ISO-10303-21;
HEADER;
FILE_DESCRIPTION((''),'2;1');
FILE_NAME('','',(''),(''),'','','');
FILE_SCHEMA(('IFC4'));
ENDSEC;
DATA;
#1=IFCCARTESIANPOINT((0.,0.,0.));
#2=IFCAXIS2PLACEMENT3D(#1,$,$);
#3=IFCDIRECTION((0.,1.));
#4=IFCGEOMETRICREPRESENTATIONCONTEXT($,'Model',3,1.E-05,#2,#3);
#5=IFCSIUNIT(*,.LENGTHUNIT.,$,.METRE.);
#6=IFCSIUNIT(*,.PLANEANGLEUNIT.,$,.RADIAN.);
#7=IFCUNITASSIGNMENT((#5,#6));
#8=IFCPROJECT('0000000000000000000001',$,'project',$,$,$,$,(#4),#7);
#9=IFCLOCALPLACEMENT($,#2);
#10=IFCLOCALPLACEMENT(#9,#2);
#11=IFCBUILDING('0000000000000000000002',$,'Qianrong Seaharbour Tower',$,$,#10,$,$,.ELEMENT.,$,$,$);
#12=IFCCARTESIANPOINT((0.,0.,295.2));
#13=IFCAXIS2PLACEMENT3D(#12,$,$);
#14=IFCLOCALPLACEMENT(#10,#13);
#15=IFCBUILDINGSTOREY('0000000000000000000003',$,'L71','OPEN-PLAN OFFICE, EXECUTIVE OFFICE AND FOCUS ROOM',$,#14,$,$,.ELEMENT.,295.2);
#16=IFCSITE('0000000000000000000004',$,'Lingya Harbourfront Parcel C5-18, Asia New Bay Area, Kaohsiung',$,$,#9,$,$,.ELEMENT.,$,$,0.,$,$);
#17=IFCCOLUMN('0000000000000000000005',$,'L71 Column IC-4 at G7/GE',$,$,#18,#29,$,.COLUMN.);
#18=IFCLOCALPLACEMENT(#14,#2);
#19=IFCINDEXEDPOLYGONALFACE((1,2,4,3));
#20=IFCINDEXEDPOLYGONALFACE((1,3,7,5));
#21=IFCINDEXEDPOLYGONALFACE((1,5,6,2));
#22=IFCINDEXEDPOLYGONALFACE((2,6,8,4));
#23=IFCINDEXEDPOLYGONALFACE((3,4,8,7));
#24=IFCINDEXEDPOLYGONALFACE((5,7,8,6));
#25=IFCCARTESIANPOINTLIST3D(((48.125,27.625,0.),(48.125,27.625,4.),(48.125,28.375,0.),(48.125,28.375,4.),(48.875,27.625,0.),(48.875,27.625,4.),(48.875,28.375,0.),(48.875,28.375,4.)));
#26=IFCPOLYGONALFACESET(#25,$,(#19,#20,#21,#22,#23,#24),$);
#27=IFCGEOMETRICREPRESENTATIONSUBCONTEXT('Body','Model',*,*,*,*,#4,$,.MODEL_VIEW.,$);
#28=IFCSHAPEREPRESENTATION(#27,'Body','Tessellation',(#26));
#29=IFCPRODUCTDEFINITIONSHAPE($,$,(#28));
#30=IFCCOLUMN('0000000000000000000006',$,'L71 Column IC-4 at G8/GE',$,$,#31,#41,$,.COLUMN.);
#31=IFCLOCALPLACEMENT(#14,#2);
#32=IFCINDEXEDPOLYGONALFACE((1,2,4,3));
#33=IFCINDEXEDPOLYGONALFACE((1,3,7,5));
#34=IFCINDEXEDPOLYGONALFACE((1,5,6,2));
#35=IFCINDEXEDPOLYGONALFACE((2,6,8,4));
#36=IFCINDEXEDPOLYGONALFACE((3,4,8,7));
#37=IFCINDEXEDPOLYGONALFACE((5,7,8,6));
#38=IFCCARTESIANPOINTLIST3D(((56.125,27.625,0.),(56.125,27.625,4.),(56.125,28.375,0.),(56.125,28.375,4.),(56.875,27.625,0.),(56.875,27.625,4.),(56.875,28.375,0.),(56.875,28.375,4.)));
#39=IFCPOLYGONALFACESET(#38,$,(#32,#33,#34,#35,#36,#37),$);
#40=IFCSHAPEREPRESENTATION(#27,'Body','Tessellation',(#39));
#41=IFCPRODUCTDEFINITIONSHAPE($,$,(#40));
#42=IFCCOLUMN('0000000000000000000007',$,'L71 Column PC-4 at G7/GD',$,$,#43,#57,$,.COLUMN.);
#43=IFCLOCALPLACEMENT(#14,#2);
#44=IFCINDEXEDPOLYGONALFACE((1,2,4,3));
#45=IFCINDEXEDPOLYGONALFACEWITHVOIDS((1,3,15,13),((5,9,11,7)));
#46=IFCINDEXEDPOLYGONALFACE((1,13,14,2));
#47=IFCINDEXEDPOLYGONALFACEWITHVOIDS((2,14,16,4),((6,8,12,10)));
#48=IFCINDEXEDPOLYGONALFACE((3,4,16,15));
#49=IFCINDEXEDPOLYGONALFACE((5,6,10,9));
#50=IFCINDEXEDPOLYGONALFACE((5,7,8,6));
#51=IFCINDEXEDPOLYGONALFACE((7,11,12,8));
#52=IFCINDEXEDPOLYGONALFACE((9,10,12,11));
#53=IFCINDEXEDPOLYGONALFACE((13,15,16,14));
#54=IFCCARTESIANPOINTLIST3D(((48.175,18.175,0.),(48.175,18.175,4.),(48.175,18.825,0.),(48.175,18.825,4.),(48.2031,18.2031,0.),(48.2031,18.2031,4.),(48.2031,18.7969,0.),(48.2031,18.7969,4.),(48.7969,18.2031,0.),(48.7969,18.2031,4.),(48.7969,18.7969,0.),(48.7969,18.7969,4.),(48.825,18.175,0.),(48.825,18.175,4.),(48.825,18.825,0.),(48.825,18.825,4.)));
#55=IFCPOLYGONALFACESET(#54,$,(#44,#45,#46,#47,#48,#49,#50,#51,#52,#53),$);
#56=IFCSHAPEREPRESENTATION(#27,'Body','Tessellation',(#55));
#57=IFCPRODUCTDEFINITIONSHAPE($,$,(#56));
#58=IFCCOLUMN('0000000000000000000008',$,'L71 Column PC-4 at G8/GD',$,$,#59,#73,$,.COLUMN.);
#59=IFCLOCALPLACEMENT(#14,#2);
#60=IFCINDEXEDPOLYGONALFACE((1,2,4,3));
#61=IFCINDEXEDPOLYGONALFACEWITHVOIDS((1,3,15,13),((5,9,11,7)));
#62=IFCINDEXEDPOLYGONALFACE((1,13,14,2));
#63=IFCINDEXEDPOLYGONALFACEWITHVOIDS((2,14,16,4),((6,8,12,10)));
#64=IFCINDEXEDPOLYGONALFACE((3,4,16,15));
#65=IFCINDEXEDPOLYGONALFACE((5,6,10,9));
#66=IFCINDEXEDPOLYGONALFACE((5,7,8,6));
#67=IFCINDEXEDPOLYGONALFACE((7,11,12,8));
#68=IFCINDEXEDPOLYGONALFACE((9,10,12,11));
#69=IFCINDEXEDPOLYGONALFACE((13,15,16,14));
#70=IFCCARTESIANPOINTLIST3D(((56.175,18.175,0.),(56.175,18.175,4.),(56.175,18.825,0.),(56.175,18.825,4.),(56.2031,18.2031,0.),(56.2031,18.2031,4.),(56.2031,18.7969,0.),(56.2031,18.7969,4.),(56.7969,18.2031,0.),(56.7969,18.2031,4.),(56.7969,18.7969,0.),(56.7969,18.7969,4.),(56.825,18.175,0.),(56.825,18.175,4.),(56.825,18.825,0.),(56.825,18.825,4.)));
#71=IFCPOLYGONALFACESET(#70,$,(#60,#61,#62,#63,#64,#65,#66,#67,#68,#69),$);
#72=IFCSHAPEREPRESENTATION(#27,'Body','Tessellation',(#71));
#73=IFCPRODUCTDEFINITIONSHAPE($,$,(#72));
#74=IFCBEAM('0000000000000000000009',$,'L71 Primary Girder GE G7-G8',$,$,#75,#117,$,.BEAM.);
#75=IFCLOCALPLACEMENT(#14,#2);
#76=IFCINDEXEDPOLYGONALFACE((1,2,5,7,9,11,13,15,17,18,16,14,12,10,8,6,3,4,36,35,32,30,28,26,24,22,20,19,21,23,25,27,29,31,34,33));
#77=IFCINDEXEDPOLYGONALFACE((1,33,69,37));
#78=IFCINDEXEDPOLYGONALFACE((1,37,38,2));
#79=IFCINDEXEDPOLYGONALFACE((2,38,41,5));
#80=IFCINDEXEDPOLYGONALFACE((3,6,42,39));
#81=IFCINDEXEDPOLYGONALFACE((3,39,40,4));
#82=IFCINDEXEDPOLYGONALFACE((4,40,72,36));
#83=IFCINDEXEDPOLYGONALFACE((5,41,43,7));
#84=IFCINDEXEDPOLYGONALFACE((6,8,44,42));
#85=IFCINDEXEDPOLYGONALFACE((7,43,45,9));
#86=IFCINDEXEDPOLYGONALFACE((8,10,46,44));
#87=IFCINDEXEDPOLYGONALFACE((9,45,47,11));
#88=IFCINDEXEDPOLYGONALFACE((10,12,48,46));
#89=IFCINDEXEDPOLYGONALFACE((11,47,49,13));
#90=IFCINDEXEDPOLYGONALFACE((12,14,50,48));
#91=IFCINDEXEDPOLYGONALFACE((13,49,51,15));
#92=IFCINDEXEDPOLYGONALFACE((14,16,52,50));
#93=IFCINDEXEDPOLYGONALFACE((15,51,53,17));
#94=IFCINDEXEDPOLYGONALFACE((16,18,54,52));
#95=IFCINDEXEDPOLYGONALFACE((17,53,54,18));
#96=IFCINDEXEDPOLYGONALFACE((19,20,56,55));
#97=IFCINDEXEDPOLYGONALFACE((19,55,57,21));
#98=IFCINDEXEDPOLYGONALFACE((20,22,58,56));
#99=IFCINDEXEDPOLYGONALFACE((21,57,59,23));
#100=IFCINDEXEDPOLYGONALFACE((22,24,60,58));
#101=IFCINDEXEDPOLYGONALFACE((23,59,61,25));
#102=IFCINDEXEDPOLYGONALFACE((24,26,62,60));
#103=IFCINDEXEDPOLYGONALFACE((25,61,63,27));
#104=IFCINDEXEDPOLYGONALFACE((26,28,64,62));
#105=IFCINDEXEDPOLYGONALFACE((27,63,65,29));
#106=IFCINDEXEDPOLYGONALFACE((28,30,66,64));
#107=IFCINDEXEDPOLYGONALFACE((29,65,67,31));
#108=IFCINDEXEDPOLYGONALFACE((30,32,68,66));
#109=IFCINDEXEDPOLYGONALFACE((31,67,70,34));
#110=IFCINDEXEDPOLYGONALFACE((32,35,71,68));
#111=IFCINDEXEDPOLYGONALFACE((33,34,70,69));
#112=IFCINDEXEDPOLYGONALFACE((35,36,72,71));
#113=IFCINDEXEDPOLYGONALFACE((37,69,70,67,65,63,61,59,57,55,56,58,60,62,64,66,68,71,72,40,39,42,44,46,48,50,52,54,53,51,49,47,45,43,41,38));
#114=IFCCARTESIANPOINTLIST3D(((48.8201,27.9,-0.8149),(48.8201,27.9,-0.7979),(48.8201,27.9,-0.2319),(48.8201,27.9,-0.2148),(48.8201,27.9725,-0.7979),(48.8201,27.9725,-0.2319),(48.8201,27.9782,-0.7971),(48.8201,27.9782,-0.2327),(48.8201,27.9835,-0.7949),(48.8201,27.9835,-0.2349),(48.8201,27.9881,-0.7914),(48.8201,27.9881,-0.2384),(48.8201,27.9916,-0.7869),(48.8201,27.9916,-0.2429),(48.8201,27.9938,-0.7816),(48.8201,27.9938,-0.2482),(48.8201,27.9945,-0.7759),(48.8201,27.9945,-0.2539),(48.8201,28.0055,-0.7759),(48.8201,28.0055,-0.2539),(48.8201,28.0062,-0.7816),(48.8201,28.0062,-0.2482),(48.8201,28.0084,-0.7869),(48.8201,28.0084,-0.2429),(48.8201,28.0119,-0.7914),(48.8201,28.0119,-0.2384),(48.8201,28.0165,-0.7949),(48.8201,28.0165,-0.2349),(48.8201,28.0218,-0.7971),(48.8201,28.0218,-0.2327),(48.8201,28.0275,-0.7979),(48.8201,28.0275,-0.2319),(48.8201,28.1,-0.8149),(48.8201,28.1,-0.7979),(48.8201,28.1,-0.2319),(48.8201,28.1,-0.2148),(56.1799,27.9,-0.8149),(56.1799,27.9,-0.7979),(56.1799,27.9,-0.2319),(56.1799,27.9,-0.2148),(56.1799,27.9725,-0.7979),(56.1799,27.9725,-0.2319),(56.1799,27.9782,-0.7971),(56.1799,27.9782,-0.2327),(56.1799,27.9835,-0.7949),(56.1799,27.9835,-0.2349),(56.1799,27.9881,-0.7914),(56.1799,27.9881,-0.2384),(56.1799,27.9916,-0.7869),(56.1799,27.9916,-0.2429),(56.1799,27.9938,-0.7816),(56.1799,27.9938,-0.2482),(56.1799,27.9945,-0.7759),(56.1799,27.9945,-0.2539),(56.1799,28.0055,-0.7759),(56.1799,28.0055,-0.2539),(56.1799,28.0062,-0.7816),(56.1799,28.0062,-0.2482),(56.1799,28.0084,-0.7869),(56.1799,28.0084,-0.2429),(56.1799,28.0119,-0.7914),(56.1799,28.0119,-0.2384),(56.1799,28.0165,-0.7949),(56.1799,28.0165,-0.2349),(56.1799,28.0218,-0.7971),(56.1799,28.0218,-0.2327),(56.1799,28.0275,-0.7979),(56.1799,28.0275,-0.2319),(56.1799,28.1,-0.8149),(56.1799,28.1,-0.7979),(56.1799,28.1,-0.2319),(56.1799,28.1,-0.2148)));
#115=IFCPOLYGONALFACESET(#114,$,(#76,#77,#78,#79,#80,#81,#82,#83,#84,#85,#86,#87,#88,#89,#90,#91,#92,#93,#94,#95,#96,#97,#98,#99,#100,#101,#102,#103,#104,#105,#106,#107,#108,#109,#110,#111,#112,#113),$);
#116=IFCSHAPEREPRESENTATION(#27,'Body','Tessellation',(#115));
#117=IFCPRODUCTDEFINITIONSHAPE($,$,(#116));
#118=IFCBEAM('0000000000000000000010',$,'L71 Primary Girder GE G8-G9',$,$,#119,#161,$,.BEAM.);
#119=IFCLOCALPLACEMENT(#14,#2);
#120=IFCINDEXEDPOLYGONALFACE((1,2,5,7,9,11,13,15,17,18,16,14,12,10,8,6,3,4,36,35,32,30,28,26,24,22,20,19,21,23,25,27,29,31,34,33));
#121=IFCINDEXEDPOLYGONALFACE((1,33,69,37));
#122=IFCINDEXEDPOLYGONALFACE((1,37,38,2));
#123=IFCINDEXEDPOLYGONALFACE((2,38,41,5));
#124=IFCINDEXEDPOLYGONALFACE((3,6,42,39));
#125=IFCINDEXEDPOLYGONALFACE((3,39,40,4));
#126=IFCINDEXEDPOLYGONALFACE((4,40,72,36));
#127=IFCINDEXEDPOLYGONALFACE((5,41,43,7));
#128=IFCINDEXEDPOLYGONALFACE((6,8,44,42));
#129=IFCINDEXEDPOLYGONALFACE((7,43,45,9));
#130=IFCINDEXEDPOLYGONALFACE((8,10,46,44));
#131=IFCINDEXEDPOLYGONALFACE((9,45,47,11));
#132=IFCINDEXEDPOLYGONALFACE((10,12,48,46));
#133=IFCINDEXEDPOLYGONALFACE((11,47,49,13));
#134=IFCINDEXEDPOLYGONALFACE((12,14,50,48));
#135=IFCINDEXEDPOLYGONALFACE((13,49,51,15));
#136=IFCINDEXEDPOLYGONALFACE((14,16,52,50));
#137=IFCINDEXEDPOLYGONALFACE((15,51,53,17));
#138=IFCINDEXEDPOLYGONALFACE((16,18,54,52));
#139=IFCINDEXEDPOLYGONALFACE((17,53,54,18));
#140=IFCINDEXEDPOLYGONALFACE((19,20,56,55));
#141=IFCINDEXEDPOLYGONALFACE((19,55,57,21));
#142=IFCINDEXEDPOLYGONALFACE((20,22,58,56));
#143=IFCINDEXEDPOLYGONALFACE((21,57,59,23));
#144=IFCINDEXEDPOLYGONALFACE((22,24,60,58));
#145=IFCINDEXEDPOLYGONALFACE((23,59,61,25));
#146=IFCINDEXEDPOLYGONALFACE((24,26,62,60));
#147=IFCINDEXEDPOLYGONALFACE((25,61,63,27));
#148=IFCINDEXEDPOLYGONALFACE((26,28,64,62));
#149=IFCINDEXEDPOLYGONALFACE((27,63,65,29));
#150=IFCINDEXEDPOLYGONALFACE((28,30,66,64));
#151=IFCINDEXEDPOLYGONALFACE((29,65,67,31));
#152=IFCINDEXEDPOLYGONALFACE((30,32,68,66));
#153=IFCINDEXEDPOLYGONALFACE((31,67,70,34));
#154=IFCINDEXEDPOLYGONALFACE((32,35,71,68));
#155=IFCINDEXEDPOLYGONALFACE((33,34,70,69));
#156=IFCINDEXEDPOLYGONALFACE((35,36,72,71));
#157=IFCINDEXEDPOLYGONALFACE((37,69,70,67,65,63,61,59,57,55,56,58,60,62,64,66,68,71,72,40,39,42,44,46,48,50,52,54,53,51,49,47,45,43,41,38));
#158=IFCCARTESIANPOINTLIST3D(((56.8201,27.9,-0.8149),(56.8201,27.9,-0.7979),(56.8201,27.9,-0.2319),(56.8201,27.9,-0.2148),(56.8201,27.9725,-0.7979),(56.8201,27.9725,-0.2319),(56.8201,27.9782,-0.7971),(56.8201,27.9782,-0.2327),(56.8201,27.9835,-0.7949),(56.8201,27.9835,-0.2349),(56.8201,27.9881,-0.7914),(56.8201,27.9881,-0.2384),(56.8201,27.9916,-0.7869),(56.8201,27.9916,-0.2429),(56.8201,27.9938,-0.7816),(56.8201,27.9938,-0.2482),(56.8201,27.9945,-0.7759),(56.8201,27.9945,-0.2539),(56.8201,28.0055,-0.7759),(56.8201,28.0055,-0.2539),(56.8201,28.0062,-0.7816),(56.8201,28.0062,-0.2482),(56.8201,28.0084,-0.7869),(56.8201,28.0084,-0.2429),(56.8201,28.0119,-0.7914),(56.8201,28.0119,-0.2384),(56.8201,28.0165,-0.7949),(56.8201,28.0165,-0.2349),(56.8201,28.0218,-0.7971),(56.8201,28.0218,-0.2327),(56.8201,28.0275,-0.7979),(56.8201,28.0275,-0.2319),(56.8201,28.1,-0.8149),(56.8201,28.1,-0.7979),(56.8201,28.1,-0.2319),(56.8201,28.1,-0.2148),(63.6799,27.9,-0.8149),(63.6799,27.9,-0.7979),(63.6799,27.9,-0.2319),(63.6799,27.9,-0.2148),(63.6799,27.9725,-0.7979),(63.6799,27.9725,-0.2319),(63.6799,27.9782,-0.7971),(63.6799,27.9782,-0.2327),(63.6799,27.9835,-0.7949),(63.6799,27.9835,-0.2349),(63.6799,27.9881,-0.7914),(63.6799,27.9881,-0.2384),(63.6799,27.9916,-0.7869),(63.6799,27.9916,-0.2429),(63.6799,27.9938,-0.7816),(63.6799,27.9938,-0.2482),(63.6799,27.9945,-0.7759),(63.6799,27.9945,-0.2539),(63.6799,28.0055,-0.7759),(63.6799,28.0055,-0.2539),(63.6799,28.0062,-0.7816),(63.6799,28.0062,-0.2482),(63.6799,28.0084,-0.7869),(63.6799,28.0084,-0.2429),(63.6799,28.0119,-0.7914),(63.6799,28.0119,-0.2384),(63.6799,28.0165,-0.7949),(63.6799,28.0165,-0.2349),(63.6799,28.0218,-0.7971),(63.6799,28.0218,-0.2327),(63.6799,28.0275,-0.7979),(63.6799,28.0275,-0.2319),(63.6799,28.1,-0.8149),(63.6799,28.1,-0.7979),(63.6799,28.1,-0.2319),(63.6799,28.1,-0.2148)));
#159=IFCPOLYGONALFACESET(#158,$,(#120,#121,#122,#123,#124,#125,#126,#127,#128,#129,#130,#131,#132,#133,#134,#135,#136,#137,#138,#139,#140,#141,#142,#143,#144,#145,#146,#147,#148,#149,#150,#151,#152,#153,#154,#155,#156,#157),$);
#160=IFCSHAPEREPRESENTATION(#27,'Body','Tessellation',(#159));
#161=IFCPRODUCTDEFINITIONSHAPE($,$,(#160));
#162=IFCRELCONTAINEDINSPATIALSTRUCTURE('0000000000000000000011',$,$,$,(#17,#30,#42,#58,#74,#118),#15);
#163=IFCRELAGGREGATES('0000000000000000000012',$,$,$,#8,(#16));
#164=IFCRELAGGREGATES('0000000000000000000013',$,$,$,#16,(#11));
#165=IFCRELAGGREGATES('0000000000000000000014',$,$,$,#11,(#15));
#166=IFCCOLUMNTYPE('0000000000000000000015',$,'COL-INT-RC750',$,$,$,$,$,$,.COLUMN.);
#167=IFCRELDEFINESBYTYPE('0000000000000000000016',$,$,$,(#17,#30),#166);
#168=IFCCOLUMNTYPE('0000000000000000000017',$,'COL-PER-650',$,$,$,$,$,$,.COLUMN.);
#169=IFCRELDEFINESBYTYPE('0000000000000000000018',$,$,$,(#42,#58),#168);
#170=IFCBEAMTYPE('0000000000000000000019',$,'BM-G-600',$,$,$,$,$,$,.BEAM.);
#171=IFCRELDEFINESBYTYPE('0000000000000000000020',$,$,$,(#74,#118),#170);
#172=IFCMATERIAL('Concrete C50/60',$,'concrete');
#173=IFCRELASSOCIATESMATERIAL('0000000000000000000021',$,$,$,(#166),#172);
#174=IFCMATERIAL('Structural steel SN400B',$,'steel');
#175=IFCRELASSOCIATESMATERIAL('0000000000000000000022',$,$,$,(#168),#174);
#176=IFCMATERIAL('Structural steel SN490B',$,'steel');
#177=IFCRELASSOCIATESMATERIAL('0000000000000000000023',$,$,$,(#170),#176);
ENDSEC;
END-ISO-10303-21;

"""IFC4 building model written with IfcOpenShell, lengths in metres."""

from ifc_helpers import new_model, si_unit, direction, frame, origin, origin_2d, place, context, subcontext, project, spatial, rectangle, hollow_rectangle, i_section, extrude, material, material_profile, profile_set, type_object, element, save


model = new_model("IFC4")

# Units and contexts
model_context = context("Model", 3, precision=1e-05, world=origin(), true_north=direction((0.0, 1.0)))
body_context = subcontext(model_context, "Body", "Model", "MODEL_VIEW")
ifc_project = project(units=[si_unit("LENGTHUNIT", "METRE"), si_unit("PLANEANGLEUNIT", "RADIAN")], contexts=[model_context])

# Site, building, storey
site_placement = place(None, origin())
site = spatial("IfcSite", under=ifc_project, at=site_placement, Name="Lingya Harbourfront Parcel C5-18, Asia New Bay Area, Kaohsiung", CompositionType="ELEMENT", RefElevation=0.0)
building_placement = place(site_placement, origin())
building = spatial("IfcBuilding", under=site, at=building_placement, Name="Qianrong Seaharbour Tower", CompositionType="ELEMENT")
storey_placement = place(building_placement, frame((0.0, 0.0, 295.2)))
storey = spatial("IfcBuildingStorey", under=building, at=storey_placement, Name="L71", Description="OPEN-PLAN OFFICE, EXECUTIVE OFFICE AND FOCUS ROOM", CompositionType="ELEMENT", Elevation=295.2)

# Columns
ifc_material_1 = material(Name="Concrete C50/60", Category="concrete")
ifc_material_profile_1 = material_profile(ifc_material_1, rectangle(XDim=0.75, YDim=0.75, at=origin_2d()), Name="RC750x750")
ifc_profile_set_1 = profile_set([ifc_material_profile_1], Name="Concrete C50/60")
column_type_1 = type_object("IfcColumnType", Name="COL-INT-RC750", PredefinedType="COLUMN", material=ifc_profile_set_1)
for number, where, z_axis, x_axis, name in (
    (1, (48.5, 28.0, 0.0), (0.0, 0.0, 1.0), (1.0, 0.0, 0.0), "L71 Column IC-4 at G7/GE"),
    (2, (56.5, 28.0, 0.0), (0.0, 0.0, 1.0), (1.0, 0.0, 0.0), "L71 Column IC-4 at G8/GE"),
):
    element("IfcColumn", number, at=place(storey_placement, frame(where, z_axis=z_axis, x_axis=x_axis)), inside=storey, type_object=column_type_1, Name=name, PredefinedType="COLUMN", context=body_context, shape_type="SweptSolid", body=[
        extrude(rectangle(XDim=0.75, YDim=0.75, at=origin_2d()), origin(), (0.0, 0.0, 1.0), 4.0),
    ])
ifc_material_2 = material(Name="Structural steel SN400B", Category="steel")
ifc_material_profile_2 = material_profile(ifc_material_2, hollow_rectangle(XDim=0.6499, YDim=0.6499, WallThickness=0.0281, at=origin_2d()), Name="BOX650x650x28")
ifc_profile_set_2 = profile_set([ifc_material_profile_2], Name="Structural steel SN400B")
column_type_2 = type_object("IfcColumnType", Name="COL-PER-650", PredefinedType="COLUMN", material=ifc_profile_set_2)
for number, where, z_axis, x_axis, name in (
    (3, (48.5, 18.5, 0.0), (0.0, 0.0, 1.0), (1.0, 0.0, 0.0), "L71 Column PC-4 at G7/GD"),
    (4, (56.5, 18.5, 0.0), (0.0, 0.0, 1.0), (1.0, 0.0, 0.0), "L71 Column PC-4 at G8/GD"),
):
    element("IfcColumn", number, at=place(storey_placement, frame(where, z_axis=z_axis, x_axis=x_axis)), inside=storey, type_object=column_type_2, Name=name, PredefinedType="COLUMN", context=body_context, shape_type="SweptSolid", body=[
        extrude(hollow_rectangle(XDim=0.6499, YDim=0.6499, WallThickness=0.0281, at=origin_2d()), origin(), (0.0, 0.0, 1.0), 4.0),
    ])

# Beams
ifc_material_3 = material(Name="Structural steel SN490B", Category="steel")
ifc_material_profile_3 = material_profile(ifc_material_3, i_section(OverallWidth=0.2, OverallDepth=0.6001, WebThickness=0.011, FlangeThickness=0.0171, FilletRadius=0.022, at=origin_2d()), Name="H600x200x11x17")
ifc_profile_set_3 = profile_set([ifc_material_profile_3], Name="Structural steel SN490B")
beam_type_1 = type_object("IfcBeamType", Name="BM-G-600", PredefinedType="BEAM", material=ifc_profile_set_3)
beam_1_placement = place(storey_placement, frame((48.8201, 28.0, -0.5149), z_axis=(1.0, 0.0, 0.0), x_axis=(0.0, 1.0, 0.0)))
element("IfcBeam", 5, at=beam_1_placement, inside=storey, type_object=beam_type_1, Name="L71 Primary Girder GE G7-G8", PredefinedType="BEAM", context=body_context, shape_type="SweptSolid", body=[
    extrude(i_section(OverallWidth=0.2, OverallDepth=0.6001, WebThickness=0.011, FlangeThickness=0.0171, FilletRadius=0.022, at=origin_2d()), origin(), (0.0, 0.0, 1.0), 7.3599),
])
beam_2_placement = place(storey_placement, frame((56.8201, 28.0, -0.5149), z_axis=(1.0, 0.0, 0.0), x_axis=(0.0, 1.0, 0.0)))
element("IfcBeam", 6, at=beam_2_placement, inside=storey, type_object=beam_type_1, Name="L71 Primary Girder GE G8-G9", PredefinedType="BEAM", context=body_context, shape_type="SweptSolid", body=[
    extrude(i_section(OverallWidth=0.2, OverallDepth=0.6001, WebThickness=0.011, FlangeThickness=0.0171, FilletRadius=0.022, at=origin_2d()), origin(), (0.0, 0.0, 1.0), 6.8599),
])

save(model, "model.ifc")
